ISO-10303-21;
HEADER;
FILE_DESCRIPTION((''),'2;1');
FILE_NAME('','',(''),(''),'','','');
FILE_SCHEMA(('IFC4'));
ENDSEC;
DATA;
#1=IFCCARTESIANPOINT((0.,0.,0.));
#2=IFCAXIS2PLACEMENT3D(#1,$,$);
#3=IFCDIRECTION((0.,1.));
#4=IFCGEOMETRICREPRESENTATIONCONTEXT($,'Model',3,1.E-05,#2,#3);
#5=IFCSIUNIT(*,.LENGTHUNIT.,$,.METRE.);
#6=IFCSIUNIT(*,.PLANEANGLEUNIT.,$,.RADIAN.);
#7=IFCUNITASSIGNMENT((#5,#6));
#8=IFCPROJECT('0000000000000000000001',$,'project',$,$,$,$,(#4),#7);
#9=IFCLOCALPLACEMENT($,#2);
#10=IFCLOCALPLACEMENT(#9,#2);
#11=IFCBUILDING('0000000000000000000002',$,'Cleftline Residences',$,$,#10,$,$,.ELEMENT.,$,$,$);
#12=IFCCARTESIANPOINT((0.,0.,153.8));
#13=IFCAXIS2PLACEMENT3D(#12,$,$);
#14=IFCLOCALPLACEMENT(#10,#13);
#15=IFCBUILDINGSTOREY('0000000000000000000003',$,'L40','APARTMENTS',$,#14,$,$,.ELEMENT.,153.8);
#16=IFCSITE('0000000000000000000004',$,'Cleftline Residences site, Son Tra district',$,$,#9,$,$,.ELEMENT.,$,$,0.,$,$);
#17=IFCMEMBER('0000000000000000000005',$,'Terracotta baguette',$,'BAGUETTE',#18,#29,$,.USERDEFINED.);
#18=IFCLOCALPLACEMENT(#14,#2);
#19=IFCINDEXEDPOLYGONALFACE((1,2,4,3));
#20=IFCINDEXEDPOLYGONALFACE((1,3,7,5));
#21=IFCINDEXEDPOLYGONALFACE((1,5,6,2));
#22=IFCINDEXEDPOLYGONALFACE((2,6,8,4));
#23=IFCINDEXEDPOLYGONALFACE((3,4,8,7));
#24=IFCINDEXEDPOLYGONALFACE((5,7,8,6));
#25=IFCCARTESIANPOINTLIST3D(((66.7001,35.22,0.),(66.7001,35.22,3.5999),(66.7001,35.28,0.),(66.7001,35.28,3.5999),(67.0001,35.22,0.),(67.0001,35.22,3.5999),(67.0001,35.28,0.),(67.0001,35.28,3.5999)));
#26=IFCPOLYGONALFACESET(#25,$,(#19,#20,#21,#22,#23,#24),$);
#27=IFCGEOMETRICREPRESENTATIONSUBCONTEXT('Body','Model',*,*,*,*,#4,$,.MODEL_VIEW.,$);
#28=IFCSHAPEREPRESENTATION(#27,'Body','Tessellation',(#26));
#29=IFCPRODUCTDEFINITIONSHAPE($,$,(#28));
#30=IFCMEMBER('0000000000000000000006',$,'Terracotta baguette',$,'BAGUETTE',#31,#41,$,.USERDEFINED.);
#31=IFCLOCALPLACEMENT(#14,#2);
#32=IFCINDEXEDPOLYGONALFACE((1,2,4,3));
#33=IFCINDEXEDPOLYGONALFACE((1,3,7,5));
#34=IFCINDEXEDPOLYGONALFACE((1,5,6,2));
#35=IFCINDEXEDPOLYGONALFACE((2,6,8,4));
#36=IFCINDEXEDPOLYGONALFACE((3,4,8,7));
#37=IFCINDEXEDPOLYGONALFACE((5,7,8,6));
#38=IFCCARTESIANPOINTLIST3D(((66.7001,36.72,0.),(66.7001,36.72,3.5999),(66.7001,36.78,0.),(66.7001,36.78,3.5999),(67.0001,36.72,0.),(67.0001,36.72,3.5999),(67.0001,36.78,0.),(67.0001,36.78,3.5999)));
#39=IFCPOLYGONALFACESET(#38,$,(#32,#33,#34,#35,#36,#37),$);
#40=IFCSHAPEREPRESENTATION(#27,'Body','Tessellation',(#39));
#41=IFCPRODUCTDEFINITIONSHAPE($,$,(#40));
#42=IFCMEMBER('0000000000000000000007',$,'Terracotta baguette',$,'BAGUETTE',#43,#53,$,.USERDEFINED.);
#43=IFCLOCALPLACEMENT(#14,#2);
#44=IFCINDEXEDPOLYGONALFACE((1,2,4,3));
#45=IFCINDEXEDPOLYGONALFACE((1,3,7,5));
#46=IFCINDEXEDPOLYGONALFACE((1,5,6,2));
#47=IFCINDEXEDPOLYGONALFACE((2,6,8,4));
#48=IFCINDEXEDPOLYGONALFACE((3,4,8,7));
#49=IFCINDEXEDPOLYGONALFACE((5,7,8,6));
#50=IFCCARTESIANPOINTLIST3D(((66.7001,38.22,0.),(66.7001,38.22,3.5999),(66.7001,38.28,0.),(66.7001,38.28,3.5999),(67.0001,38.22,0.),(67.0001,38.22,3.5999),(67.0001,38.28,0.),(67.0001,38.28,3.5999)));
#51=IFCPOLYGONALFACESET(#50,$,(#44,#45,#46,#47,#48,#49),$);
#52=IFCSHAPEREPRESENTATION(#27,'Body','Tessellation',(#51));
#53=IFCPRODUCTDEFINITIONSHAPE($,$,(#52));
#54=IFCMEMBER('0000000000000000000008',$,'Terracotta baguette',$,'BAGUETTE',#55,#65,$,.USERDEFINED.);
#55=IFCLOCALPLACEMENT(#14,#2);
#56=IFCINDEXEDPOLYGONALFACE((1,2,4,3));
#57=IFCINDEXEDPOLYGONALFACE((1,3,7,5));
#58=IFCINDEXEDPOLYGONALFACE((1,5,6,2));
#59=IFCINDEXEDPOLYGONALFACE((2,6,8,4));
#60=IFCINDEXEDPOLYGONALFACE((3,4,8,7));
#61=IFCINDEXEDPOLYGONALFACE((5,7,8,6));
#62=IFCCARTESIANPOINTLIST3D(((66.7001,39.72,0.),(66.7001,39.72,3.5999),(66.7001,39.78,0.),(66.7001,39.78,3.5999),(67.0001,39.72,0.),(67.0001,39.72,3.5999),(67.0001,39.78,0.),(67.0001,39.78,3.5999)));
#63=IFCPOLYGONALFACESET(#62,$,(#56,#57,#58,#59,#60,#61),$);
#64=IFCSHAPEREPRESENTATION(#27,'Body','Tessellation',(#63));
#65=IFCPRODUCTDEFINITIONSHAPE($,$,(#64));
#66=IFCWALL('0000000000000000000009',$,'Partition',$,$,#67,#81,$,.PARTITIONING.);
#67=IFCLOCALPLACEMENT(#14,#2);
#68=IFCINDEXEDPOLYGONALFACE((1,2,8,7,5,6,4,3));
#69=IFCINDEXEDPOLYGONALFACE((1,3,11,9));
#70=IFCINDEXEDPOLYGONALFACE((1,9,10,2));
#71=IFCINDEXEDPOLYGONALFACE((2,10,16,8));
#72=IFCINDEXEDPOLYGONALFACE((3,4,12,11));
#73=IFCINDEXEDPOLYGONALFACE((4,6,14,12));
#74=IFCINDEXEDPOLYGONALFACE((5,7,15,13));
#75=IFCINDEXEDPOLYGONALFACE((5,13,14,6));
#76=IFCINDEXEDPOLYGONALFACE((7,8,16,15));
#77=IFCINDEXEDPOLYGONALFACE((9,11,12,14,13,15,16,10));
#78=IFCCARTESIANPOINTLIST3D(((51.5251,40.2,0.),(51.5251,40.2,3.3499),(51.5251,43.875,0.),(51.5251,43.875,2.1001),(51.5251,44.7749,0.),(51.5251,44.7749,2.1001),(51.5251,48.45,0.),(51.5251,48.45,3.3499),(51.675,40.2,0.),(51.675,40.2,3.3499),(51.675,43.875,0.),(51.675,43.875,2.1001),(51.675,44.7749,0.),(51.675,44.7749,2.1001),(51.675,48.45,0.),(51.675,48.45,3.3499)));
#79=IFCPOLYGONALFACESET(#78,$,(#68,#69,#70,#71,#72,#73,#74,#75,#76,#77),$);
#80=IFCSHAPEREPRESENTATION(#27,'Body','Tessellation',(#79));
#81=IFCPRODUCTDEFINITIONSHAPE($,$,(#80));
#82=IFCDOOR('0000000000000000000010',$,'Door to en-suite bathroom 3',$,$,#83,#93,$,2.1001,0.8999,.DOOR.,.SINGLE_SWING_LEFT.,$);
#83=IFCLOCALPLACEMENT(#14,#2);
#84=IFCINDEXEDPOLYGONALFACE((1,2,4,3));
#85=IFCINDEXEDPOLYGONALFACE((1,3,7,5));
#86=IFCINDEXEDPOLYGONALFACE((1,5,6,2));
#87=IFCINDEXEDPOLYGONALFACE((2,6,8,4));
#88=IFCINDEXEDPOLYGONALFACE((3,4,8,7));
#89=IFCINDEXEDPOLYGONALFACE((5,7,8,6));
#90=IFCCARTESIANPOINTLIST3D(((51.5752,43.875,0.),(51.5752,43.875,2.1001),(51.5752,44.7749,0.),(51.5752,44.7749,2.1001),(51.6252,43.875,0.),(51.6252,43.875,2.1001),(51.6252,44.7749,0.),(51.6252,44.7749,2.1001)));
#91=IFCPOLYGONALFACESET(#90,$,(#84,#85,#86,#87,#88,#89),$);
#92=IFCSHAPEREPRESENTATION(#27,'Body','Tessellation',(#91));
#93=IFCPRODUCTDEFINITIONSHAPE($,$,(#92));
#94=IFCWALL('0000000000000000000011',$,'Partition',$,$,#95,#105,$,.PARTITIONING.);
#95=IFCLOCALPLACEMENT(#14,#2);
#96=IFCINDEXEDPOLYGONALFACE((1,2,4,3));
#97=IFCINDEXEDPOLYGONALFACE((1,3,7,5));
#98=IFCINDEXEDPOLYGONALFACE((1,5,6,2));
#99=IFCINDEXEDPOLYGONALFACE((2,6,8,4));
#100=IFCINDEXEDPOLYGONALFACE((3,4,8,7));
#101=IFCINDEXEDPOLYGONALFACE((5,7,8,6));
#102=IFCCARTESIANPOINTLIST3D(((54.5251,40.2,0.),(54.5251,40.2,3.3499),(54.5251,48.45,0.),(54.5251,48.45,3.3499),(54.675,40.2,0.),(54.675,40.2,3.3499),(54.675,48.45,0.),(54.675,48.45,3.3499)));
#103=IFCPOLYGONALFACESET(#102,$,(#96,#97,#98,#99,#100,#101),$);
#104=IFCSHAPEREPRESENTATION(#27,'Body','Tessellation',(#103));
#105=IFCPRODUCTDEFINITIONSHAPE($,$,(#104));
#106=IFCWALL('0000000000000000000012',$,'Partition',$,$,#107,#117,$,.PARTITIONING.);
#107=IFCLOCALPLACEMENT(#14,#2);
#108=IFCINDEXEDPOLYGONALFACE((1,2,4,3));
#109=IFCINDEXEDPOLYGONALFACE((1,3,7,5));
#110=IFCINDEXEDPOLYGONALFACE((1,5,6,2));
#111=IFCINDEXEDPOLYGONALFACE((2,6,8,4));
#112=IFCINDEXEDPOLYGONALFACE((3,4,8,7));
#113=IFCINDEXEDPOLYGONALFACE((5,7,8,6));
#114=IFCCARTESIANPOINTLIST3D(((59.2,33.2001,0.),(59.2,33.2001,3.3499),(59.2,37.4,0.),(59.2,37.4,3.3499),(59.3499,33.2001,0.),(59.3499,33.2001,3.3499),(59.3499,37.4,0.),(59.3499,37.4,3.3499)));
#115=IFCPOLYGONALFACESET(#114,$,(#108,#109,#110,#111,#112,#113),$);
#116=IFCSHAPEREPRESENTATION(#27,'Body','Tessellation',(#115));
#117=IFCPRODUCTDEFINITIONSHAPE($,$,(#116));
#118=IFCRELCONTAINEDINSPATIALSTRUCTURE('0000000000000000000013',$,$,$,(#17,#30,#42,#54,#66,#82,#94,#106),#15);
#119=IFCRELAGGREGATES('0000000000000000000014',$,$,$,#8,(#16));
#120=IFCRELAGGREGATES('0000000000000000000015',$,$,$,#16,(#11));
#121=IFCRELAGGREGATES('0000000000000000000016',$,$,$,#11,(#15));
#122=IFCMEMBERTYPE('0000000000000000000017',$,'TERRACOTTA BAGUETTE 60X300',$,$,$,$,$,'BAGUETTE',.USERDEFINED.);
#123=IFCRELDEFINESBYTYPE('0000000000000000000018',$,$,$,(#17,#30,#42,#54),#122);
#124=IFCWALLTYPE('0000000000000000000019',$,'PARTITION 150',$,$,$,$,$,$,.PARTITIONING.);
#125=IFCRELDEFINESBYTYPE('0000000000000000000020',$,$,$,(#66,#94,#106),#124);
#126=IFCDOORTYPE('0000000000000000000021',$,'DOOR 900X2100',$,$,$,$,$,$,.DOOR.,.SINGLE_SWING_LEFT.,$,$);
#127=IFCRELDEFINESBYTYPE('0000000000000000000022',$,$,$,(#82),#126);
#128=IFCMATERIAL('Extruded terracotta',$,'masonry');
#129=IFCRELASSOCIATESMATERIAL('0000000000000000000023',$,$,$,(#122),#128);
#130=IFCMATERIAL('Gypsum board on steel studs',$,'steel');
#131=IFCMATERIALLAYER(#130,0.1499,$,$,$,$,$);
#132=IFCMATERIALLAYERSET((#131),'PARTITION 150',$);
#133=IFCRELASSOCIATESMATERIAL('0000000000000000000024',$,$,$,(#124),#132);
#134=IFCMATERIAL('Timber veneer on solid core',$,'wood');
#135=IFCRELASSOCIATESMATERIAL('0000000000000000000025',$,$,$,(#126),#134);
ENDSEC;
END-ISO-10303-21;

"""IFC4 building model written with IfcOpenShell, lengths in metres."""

from ifc_helpers import new_model, si_unit, direction, frame, frame_2d, origin, origin_2d, place, context, subcontext, project, spatial, rectangle, extrude, material, layer, layer_set, material_profile, profile_set, type_object, element, fill, save


model = new_model("IFC4")

# Units and contexts
model_context = context("Model", 3, precision=1e-05, world=origin(), true_north=direction((0.0, 1.0)))
body_context = subcontext(model_context, "Body", "Model", "MODEL_VIEW")
ifc_project = project(units=[si_unit("LENGTHUNIT", "METRE"), si_unit("PLANEANGLEUNIT", "RADIAN")], contexts=[model_context])

# Site, building, storey
site_placement = place(None, origin())
site = spatial("IfcSite", under=ifc_project, at=site_placement, Name="Cleftline Residences site, Son Tra district", CompositionType="ELEMENT", RefElevation=0.0)
building_placement = place(site_placement, origin())
building = spatial("IfcBuilding", under=site, at=building_placement, Name="Cleftline Residences", CompositionType="ELEMENT")
storey_placement = place(building_placement, frame((0.0, 0.0, 153.8)))
storey = spatial("IfcBuildingStorey", under=building, at=storey_placement, Name="L40", Description="APARTMENTS", CompositionType="ELEMENT", Elevation=153.8)

# Members
ifc_material_1 = material(Name="Extruded terracotta", Category="masonry")
ifc_material_profile_1 = material_profile(ifc_material_1, rectangle(XDim=0.0601, YDim=0.3, at=origin_2d()))
ifc_profile_set_1 = profile_set([ifc_material_profile_1], Name="Extruded terracotta")
member_type_1 = type_object("IfcMemberType", Name="TERRACOTTA BAGUETTE 60X300", ElementType="BAGUETTE", PredefinedType="USERDEFINED", material=ifc_profile_set_1)
for number, where, z_axis, x_axis, name in (
    (1, (66.8501, 35.25, 0.0), (0.0, 0.0, 1.0), (0.0, 1.0, 0.0), "Terracotta baguette"),
    (2, (66.8501, 36.75, 0.0), (0.0, 0.0, 1.0), (0.0, 1.0, 0.0), "Terracotta baguette"),
    (3, (66.8501, 38.25, 0.0), (0.0, 0.0, 1.0), (0.0, 1.0, 0.0), "Terracotta baguette"),
    (4, (66.8501, 39.75, 0.0), (0.0, 0.0, 1.0), (0.0, 1.0, 0.0), "Terracotta baguette"),
):
    element("IfcMember", number, at=place(storey_placement, frame(where, z_axis=z_axis, x_axis=x_axis)), inside=storey, type_object=member_type_1, Name=name, ObjectType="BAGUETTE", PredefinedType="USERDEFINED", context=body_context, shape_type="SweptSolid", body=[
        extrude(rectangle(XDim=0.0601, YDim=0.3, at=origin_2d()), origin(), (0.0, 0.0, 1.0), 3.5999),
    ])

# Wall, opening, door
ifc_material_2 = material(Name="Gypsum board on steel studs", Category="steel")
ifc_layer = layer(ifc_material_2, 0.1499)
ifc_layer_set = layer_set([ifc_layer], Name="PARTITION 150")
wall_type = type_object("IfcWallType", Name="PARTITION 150", PredefinedType="PARTITIONING", material=ifc_layer_set)
wall_1_placement = place(storey_placement, frame((51.6001, 40.2, 0.0), z_axis=(0.0, 0.0, 1.0), x_axis=(0.0, 1.0, 0.0)))
wall_1 = element("IfcWall", 5, at=wall_1_placement, inside=storey, type_object=wall_type, Name="Partition", PredefinedType="PARTITIONING", context=body_context, shape_type="SweptSolid", body=[
    extrude(rectangle(XDim=8.25, YDim=0.1499, at=frame_2d((4.125, 0.0))), origin(), (0.0, 0.0, 1.0), 3.3499),
])
opening_placement = place(wall_1_placement, frame((3.675, 0.0, 0.0)))
opening = element("IfcOpeningElement", 6, at=opening_placement, cuts=wall_1, PredefinedType="OPENING", context=body_context, shape_type="SweptSolid", body=[
    extrude(rectangle(XDim=0.8999, YDim=2.1001, at=frame_2d((0.45, 1.05))), frame((0.0, 0.085, 0.0), z_axis=(0.0, -1.0, 0.0), x_axis=(1.0, 0.0, 0.0)), (0.0, 0.0, 1.0), 0.1699),
])
ifc_material_3 = material(Name="Timber veneer on solid core", Category="wood")
door_type = type_object("IfcDoorType", Name="DOOR 900X2100", OperationType="SINGLE_SWING_LEFT", PredefinedType="DOOR", material=ifc_material_3)
door_placement = place(opening_placement, origin())
door = element("IfcDoor", 7, at=door_placement, inside=storey, type_object=door_type, Name="Door to en-suite bathroom 3", OperationType="SINGLE_SWING_LEFT", OverallHeight=2.1001, OverallWidth=0.8999, PredefinedType="DOOR", context=body_context, shape_type="SweptSolid", body=[
    extrude(rectangle(XDim=0.8999, YDim=2.1001, at=frame_2d((0.45, 1.05))), frame((0.0, 0.0249, 0.0), z_axis=(0.0, -1.0, 0.0), x_axis=(1.0, 0.0, 0.0)), (0.0, 0.0, 1.0), 0.05),
])
fill(opening, door)

# Walls
wall_2_placement = place(storey_placement, frame((54.6001, 40.2, 0.0), z_axis=(0.0, 0.0, 1.0), x_axis=(0.0, 1.0, 0.0)))
element("IfcWall", 8, at=wall_2_placement, inside=storey, type_object=wall_type, Name="Partition", PredefinedType="PARTITIONING", context=body_context, shape_type="SweptSolid", body=[
    extrude(rectangle(XDim=8.25, YDim=0.1499, at=frame_2d((4.125, 0.0))), origin(), (0.0, 0.0, 1.0), 3.3499),
])
wall_3_placement = place(storey_placement, frame((59.2749, 33.2, 0.0), z_axis=(0.0, 0.0, 1.0), x_axis=(0.0, 1.0, 0.0)))
element("IfcWall", 9, at=wall_3_placement, inside=storey, type_object=wall_type, Name="Partition", PredefinedType="PARTITIONING", context=body_context, shape_type="SweptSolid", body=[
    extrude(rectangle(XDim=4.2, YDim=0.1499, at=frame_2d((2.1001, 0.0))), origin(), (0.0, 0.0, 1.0), 3.3499),
])

save(model, "model.ifc")
